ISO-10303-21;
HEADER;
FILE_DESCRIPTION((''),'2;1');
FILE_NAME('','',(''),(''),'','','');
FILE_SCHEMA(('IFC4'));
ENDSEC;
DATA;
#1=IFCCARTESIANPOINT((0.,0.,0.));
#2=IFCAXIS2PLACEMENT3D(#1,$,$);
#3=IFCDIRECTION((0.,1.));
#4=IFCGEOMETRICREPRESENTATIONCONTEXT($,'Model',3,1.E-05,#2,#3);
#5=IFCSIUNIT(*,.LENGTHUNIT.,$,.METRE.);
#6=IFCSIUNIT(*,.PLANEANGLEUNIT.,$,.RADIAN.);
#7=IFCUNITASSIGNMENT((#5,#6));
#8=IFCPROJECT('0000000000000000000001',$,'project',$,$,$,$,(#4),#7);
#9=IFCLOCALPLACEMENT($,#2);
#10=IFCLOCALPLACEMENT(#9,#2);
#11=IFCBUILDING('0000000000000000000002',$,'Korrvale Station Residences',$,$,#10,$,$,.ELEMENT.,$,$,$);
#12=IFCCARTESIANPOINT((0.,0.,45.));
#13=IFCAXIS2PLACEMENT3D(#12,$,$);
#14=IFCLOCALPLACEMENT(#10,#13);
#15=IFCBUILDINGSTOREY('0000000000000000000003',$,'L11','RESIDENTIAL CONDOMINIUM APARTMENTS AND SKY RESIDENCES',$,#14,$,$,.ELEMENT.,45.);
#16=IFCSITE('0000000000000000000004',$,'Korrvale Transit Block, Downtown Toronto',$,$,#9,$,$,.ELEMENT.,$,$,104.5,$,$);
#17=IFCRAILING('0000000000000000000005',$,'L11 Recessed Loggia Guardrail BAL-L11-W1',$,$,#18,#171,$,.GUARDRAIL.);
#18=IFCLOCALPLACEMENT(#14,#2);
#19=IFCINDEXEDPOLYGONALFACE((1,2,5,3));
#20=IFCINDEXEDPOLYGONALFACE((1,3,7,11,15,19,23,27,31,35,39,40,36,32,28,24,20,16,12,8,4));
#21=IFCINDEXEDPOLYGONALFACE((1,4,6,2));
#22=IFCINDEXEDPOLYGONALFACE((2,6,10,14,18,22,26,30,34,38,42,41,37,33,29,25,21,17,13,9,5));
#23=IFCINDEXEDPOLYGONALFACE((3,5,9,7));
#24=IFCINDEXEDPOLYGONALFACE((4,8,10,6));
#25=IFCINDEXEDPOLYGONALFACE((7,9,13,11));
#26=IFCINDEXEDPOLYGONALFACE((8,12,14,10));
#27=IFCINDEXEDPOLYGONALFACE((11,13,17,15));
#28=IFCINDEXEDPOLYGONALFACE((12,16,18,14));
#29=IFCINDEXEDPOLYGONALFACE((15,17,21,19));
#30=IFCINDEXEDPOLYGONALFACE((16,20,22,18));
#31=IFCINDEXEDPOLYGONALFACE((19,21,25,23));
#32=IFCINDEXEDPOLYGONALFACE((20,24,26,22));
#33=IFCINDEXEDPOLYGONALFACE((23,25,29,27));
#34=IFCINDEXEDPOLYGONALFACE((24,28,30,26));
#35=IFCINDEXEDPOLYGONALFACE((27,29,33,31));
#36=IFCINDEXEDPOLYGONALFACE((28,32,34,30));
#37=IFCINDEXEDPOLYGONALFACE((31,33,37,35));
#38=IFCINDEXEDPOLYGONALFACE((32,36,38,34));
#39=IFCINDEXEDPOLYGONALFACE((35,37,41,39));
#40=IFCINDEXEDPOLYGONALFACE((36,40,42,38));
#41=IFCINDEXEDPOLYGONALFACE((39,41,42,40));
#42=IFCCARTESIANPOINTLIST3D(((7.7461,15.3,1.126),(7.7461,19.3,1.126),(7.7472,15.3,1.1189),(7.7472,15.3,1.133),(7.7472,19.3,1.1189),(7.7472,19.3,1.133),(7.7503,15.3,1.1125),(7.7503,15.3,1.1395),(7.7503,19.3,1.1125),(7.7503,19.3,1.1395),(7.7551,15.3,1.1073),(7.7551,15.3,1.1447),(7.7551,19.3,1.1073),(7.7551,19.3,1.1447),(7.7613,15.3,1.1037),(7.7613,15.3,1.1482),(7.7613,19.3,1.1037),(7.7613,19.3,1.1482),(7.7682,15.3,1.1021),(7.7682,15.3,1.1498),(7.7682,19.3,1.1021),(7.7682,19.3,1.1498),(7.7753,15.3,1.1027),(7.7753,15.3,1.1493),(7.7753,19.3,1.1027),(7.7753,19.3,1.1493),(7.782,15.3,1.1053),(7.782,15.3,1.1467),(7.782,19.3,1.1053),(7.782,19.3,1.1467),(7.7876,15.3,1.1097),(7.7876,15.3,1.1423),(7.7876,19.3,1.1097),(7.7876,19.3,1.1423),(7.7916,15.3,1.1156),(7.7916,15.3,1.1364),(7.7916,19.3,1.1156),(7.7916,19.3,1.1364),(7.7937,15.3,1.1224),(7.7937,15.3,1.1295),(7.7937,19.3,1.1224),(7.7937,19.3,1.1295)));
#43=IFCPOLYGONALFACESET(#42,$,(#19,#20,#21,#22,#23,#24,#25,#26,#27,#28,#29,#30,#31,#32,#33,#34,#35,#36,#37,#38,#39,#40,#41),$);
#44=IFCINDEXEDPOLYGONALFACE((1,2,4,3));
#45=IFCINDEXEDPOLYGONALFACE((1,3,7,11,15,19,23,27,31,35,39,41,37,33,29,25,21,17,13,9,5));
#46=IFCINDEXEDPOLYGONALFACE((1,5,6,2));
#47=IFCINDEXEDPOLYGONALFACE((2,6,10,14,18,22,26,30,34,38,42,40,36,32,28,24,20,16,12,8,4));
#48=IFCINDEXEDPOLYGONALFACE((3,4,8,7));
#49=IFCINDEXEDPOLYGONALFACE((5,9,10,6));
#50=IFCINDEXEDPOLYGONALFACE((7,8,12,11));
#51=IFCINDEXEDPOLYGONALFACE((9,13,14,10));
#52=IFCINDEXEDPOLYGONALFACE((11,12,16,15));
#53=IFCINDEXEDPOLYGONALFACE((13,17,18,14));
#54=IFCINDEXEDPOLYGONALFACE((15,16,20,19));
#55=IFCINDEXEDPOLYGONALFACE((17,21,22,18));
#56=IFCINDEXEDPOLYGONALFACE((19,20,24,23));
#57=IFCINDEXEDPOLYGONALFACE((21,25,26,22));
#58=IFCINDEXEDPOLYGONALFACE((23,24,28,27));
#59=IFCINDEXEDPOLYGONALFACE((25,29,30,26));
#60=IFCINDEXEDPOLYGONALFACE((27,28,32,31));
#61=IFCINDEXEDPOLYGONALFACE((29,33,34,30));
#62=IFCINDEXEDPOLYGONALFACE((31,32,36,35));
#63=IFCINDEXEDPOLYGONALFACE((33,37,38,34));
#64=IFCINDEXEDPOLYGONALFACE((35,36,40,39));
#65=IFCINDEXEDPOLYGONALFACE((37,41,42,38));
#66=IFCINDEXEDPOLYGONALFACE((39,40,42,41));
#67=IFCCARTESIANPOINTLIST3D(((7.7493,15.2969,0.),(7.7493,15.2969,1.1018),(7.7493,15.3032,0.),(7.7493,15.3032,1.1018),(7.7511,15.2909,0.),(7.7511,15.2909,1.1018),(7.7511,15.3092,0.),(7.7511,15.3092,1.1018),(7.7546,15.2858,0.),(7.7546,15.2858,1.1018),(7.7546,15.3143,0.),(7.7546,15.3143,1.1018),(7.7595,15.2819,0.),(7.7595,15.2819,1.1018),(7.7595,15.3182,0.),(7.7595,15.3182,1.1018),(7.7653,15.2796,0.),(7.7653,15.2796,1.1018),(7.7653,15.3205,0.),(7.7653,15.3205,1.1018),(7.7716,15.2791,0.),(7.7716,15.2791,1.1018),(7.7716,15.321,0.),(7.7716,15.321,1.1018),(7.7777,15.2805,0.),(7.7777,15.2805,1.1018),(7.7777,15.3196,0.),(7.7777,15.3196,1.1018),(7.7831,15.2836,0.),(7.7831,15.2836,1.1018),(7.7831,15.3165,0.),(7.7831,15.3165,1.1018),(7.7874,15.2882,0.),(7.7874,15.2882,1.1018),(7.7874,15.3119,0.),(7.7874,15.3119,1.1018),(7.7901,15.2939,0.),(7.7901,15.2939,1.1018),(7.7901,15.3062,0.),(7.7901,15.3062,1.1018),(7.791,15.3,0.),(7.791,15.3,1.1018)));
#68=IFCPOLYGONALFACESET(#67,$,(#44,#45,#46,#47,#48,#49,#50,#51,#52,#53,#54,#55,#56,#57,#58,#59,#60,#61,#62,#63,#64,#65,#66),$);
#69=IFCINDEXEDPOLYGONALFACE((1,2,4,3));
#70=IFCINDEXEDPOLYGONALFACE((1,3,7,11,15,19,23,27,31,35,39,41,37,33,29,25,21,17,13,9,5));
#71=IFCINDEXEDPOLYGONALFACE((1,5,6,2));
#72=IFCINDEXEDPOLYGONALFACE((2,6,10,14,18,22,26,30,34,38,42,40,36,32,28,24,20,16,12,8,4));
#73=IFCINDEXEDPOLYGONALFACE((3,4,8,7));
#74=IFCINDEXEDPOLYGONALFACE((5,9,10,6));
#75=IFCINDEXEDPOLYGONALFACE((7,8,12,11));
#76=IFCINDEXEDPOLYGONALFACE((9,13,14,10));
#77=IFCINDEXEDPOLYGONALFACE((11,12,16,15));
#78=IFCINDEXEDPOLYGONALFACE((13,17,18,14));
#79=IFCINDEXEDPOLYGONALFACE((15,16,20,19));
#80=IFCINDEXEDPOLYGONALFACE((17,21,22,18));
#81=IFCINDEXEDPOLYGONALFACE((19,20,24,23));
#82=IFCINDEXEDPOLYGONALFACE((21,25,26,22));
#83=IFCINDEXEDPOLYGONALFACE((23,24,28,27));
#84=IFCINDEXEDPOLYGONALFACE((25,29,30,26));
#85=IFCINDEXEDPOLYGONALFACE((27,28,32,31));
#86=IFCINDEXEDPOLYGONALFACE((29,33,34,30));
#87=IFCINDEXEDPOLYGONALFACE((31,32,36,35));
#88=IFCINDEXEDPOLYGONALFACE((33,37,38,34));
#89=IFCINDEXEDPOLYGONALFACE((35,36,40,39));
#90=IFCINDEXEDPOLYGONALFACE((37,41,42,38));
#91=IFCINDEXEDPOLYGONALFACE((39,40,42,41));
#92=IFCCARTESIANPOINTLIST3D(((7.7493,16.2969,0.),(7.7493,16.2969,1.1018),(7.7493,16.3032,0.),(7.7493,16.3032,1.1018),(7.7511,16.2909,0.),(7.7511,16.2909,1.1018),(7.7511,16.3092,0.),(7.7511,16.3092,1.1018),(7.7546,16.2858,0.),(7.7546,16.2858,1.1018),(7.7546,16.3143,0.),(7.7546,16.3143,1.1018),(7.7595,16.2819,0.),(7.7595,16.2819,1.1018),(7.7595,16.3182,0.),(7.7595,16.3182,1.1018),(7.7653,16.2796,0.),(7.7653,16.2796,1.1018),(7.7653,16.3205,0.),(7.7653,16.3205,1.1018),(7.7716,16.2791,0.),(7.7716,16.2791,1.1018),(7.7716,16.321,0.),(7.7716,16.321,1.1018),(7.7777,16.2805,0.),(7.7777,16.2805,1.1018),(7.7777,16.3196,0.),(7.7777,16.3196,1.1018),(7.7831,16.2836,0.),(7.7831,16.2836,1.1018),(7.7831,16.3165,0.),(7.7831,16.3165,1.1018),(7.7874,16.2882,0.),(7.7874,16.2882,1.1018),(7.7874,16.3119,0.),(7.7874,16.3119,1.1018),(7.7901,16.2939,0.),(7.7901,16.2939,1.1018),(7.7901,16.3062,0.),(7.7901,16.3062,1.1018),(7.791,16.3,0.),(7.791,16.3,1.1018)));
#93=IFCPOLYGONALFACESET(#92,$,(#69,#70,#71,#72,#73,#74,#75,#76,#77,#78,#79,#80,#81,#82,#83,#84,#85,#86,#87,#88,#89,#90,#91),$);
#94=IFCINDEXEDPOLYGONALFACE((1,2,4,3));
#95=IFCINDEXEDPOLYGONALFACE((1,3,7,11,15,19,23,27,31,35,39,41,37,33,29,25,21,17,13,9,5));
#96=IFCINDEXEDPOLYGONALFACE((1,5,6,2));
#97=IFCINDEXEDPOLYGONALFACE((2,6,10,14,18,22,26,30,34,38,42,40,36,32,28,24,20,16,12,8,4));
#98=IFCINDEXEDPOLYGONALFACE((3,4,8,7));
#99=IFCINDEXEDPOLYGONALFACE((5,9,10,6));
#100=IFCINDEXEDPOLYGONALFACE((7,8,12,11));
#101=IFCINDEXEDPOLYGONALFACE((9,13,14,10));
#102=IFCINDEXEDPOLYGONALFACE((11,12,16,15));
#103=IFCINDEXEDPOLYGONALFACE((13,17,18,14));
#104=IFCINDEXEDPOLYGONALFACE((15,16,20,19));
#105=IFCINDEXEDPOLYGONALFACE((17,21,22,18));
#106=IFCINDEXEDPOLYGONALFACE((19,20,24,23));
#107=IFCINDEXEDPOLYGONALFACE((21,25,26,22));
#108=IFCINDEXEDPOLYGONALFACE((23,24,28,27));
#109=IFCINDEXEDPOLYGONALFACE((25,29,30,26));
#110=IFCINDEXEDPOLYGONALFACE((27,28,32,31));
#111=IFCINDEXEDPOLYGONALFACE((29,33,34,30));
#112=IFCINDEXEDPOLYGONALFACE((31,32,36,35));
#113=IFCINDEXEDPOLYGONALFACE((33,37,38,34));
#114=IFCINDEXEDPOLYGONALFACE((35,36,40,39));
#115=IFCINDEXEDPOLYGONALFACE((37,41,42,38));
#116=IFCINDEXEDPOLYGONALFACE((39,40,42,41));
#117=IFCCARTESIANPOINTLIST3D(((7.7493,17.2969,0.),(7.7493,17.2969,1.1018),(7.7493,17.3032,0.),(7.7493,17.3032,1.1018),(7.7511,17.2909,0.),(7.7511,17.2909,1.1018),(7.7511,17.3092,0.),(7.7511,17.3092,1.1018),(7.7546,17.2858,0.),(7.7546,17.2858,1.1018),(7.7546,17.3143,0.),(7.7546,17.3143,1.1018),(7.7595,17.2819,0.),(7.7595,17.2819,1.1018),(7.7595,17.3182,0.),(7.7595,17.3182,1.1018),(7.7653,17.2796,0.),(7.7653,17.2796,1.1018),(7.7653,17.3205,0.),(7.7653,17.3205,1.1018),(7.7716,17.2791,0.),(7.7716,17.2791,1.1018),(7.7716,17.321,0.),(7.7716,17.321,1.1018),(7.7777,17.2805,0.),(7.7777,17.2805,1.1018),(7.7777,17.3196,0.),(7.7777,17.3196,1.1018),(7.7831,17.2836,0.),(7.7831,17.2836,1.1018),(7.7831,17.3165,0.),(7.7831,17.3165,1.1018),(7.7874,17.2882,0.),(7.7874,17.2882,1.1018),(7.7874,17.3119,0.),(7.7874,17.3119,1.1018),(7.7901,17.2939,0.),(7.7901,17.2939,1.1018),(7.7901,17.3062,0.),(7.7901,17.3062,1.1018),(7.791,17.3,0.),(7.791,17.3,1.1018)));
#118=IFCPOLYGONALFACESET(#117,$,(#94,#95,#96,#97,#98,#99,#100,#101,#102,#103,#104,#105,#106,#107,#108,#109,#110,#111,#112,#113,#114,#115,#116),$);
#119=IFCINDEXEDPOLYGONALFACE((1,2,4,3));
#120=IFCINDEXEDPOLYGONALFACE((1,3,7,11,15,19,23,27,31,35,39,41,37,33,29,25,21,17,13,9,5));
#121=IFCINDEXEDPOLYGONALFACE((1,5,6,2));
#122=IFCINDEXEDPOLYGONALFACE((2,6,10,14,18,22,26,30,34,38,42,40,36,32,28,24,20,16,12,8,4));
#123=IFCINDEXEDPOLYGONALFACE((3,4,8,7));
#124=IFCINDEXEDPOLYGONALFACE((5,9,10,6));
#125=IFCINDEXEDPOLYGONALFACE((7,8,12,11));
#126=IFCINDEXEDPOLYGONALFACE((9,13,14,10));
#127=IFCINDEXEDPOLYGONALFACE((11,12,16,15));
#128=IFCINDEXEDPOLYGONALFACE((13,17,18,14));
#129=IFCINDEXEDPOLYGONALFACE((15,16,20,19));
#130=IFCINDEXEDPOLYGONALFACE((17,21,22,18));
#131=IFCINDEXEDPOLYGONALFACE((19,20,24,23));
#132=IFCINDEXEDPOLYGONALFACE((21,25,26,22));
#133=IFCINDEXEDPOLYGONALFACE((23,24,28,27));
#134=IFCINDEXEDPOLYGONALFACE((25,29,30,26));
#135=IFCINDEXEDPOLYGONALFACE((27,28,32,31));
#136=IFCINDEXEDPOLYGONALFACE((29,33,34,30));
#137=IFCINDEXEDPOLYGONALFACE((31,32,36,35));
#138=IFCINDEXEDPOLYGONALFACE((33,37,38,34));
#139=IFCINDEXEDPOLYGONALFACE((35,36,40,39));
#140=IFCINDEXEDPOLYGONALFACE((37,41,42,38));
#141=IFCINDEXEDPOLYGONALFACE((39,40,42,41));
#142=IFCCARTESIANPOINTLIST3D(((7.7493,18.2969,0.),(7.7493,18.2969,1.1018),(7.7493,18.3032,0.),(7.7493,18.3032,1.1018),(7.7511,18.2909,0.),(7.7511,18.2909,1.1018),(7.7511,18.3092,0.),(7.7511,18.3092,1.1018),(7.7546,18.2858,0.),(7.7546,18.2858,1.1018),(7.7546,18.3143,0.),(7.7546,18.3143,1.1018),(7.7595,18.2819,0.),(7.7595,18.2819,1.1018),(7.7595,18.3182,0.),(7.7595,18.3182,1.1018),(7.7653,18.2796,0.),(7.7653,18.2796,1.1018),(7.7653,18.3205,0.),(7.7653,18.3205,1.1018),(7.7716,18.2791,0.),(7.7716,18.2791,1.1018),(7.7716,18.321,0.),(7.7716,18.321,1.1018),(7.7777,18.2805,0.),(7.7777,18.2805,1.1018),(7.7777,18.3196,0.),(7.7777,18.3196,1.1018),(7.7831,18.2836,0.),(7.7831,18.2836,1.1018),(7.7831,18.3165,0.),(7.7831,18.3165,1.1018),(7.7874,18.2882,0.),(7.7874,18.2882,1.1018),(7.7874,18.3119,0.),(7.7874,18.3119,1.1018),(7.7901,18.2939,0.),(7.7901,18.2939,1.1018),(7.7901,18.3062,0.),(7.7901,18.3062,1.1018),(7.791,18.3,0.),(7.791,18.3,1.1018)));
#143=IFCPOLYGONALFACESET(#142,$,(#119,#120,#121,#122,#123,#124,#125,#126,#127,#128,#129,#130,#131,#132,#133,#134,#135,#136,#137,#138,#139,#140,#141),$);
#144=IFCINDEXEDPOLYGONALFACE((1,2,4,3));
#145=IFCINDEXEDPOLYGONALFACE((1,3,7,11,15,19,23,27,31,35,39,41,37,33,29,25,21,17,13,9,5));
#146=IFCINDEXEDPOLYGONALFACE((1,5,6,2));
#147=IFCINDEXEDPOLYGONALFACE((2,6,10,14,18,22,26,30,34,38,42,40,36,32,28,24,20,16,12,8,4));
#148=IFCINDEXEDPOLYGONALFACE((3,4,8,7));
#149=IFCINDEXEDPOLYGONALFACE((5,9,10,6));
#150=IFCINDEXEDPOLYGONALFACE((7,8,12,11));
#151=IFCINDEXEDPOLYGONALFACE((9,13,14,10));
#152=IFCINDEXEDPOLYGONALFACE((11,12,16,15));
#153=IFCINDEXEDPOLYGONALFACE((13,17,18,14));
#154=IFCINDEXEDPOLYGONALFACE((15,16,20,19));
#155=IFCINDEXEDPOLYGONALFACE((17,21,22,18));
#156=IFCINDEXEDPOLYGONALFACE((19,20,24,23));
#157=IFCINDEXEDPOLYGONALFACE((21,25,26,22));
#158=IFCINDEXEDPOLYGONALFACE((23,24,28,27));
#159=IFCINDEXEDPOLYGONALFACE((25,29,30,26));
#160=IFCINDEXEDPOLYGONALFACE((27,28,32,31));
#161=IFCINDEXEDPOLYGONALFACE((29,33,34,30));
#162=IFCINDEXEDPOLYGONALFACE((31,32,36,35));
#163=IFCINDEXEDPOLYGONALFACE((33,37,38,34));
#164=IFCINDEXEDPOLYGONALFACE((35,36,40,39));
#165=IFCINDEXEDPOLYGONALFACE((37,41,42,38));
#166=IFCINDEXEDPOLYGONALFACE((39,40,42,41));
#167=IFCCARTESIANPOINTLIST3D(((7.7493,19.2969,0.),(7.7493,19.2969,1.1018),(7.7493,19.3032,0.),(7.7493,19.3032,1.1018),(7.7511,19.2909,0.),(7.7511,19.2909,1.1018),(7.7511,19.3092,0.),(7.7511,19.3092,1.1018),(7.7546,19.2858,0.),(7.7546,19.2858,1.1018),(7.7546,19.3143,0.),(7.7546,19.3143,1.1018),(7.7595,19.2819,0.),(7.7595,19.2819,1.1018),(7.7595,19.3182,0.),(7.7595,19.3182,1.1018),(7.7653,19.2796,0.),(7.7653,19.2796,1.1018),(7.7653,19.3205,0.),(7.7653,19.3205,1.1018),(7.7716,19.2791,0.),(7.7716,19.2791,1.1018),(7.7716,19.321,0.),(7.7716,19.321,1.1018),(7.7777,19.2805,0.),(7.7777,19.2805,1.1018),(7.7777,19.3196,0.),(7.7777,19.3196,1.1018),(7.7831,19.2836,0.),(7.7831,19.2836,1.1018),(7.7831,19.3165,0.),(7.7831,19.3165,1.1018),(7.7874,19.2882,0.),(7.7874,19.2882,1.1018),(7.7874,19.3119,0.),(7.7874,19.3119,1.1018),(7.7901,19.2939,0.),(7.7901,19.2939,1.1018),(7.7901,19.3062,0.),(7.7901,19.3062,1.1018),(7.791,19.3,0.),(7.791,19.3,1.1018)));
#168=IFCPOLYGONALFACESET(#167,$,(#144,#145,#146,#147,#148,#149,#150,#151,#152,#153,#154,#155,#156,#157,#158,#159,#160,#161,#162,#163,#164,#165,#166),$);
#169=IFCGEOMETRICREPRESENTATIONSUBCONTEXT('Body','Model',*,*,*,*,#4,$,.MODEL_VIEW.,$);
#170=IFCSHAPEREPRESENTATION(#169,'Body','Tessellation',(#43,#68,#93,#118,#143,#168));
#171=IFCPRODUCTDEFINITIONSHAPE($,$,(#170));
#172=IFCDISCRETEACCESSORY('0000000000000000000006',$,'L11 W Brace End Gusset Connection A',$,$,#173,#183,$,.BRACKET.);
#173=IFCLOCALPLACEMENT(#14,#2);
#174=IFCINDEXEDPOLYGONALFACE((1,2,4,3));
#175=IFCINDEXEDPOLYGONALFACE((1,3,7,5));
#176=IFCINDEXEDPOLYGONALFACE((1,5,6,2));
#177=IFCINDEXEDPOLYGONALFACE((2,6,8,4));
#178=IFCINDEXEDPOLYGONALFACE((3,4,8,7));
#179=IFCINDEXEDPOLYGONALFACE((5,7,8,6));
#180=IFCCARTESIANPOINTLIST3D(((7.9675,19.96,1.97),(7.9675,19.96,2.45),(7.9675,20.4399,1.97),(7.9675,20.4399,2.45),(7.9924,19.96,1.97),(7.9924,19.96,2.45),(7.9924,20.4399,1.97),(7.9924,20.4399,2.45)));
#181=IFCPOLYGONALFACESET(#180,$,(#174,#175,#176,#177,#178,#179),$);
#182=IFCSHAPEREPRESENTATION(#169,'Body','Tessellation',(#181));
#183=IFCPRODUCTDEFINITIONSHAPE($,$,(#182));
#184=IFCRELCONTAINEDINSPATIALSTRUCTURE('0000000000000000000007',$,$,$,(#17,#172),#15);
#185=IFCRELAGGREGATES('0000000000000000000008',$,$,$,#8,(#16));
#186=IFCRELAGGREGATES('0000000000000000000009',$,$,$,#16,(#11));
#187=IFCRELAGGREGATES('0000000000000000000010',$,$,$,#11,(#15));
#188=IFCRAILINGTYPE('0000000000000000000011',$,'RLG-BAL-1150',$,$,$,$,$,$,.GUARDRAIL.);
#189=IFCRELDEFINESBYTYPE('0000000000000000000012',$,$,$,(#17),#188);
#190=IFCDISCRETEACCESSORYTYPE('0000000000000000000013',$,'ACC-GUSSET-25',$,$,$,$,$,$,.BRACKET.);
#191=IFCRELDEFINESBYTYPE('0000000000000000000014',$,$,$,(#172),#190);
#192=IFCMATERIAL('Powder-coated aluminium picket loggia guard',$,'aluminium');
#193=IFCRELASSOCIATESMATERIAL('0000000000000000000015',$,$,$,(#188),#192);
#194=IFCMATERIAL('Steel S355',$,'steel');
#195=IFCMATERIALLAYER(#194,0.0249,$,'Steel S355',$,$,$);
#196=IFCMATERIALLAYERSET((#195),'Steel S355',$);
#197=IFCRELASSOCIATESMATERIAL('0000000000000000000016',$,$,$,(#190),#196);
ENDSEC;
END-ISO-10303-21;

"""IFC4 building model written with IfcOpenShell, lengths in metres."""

from ifc_helpers import new_model, si_unit, direction, frame, origin, origin_2d, place, context, subcontext, project, spatial, rectangle, circle, extrude, material, layer, layer_set, type_object, element, save


model = new_model("IFC4")

# Units and contexts
model_context = context("Model", 3, precision=1e-05, world=origin(), true_north=direction((0.0, 1.0)))
body_context = subcontext(model_context, "Body", "Model", "MODEL_VIEW")
ifc_project = project(units=[si_unit("LENGTHUNIT", "METRE"), si_unit("PLANEANGLEUNIT", "RADIAN")], contexts=[model_context])

# Site, building, storey
site_placement = place(None, origin())
site = spatial("IfcSite", under=ifc_project, at=site_placement, Name="Korrvale Transit Block, Downtown Toronto", CompositionType="ELEMENT", RefElevation=104.5)
building_placement = place(site_placement, origin())
building = spatial("IfcBuilding", under=site, at=building_placement, Name="Korrvale Station Residences", CompositionType="ELEMENT")
storey_placement = place(building_placement, frame((0.0, 0.0, 45.0)))
storey = spatial("IfcBuildingStorey", under=building, at=storey_placement, Name="L11", Description="RESIDENTIAL CONDOMINIUM APARTMENTS AND SKY RESIDENCES", CompositionType="ELEMENT", Elevation=45.0)

# Shared definitions
ifc_material_1 = material(Name="Steel S355", Category="steel")

# Railing
ifc_material_2 = material(Name="Powder-coated aluminium picket loggia guard", Category="aluminium")
railing_type = type_object("IfcRailingType", Name="RLG-BAL-1150", PredefinedType="GUARDRAIL", material=ifc_material_2)
railing_placement = place(storey_placement, frame((7.77, 15.3, 0.0)))
element("IfcRailing", 1, at=railing_placement, inside=storey, type_object=railing_type, Name="L11 Recessed Loggia Guardrail BAL-L11-W1", PredefinedType="GUARDRAIL", context=body_context, shape_type="SweptSolid", body=[
    extrude(circle(Radius=0.0239, at=origin_2d()), frame((0.0, 0.0, 1.126), z_axis=(0.0, 1.0, 0.0), x_axis=(-1.0, 0.0, 0.0)), (0.0, 0.0, 1.0), 4.0),
    extrude(circle(Radius=0.021, at=origin_2d()), origin(), (0.0, 0.0, 1.0), 1.1018),
    extrude(circle(Radius=0.021, at=origin_2d()), frame((0.0, 1.0, 0.0)), (0.0, 0.0, 1.0), 1.1018),
    extrude(circle(Radius=0.021, at=origin_2d()), frame((0.0, 2.0, 0.0)), (0.0, 0.0, 1.0), 1.1018),
    extrude(circle(Radius=0.021, at=origin_2d()), frame((0.0, 3.0, 0.0)), (0.0, 0.0, 1.0), 1.1018),
    extrude(circle(Radius=0.021, at=origin_2d()), frame((0.0, 4.0, 0.0)), (0.0, 0.0, 1.0), 1.1018),
])

# Discrete accessory
ifc_layer_1 = layer(ifc_material_1, 0.0249, Name="Steel S355")
ifc_layer_set_1 = layer_set([ifc_layer_1], Name="Steel S355")
discrete_accessory_type = type_object("IfcDiscreteAccessoryType", Name="ACC-GUSSET-25", PredefinedType="BRACKET", material=ifc_layer_set_1)
discrete_accessory_placement = place(storey_placement, frame((7.98, 20.2, 1.97), z_axis=(0.0, 0.0, 1.0), x_axis=(0.0, 1.0, 0.0)))
element("IfcDiscreteAccessory", 2, at=discrete_accessory_placement, inside=storey, type_object=discrete_accessory_type, Name="L11 W Brace End Gusset Connection A", PredefinedType="BRACKET", context=body_context, shape_type="SweptSolid", body=[
    extrude(rectangle(XDim=0.48, YDim=0.0249, at=origin_2d()), origin(), (0.0, 0.0, 1.0), 0.48),
])

save(model, "model.ifc")
